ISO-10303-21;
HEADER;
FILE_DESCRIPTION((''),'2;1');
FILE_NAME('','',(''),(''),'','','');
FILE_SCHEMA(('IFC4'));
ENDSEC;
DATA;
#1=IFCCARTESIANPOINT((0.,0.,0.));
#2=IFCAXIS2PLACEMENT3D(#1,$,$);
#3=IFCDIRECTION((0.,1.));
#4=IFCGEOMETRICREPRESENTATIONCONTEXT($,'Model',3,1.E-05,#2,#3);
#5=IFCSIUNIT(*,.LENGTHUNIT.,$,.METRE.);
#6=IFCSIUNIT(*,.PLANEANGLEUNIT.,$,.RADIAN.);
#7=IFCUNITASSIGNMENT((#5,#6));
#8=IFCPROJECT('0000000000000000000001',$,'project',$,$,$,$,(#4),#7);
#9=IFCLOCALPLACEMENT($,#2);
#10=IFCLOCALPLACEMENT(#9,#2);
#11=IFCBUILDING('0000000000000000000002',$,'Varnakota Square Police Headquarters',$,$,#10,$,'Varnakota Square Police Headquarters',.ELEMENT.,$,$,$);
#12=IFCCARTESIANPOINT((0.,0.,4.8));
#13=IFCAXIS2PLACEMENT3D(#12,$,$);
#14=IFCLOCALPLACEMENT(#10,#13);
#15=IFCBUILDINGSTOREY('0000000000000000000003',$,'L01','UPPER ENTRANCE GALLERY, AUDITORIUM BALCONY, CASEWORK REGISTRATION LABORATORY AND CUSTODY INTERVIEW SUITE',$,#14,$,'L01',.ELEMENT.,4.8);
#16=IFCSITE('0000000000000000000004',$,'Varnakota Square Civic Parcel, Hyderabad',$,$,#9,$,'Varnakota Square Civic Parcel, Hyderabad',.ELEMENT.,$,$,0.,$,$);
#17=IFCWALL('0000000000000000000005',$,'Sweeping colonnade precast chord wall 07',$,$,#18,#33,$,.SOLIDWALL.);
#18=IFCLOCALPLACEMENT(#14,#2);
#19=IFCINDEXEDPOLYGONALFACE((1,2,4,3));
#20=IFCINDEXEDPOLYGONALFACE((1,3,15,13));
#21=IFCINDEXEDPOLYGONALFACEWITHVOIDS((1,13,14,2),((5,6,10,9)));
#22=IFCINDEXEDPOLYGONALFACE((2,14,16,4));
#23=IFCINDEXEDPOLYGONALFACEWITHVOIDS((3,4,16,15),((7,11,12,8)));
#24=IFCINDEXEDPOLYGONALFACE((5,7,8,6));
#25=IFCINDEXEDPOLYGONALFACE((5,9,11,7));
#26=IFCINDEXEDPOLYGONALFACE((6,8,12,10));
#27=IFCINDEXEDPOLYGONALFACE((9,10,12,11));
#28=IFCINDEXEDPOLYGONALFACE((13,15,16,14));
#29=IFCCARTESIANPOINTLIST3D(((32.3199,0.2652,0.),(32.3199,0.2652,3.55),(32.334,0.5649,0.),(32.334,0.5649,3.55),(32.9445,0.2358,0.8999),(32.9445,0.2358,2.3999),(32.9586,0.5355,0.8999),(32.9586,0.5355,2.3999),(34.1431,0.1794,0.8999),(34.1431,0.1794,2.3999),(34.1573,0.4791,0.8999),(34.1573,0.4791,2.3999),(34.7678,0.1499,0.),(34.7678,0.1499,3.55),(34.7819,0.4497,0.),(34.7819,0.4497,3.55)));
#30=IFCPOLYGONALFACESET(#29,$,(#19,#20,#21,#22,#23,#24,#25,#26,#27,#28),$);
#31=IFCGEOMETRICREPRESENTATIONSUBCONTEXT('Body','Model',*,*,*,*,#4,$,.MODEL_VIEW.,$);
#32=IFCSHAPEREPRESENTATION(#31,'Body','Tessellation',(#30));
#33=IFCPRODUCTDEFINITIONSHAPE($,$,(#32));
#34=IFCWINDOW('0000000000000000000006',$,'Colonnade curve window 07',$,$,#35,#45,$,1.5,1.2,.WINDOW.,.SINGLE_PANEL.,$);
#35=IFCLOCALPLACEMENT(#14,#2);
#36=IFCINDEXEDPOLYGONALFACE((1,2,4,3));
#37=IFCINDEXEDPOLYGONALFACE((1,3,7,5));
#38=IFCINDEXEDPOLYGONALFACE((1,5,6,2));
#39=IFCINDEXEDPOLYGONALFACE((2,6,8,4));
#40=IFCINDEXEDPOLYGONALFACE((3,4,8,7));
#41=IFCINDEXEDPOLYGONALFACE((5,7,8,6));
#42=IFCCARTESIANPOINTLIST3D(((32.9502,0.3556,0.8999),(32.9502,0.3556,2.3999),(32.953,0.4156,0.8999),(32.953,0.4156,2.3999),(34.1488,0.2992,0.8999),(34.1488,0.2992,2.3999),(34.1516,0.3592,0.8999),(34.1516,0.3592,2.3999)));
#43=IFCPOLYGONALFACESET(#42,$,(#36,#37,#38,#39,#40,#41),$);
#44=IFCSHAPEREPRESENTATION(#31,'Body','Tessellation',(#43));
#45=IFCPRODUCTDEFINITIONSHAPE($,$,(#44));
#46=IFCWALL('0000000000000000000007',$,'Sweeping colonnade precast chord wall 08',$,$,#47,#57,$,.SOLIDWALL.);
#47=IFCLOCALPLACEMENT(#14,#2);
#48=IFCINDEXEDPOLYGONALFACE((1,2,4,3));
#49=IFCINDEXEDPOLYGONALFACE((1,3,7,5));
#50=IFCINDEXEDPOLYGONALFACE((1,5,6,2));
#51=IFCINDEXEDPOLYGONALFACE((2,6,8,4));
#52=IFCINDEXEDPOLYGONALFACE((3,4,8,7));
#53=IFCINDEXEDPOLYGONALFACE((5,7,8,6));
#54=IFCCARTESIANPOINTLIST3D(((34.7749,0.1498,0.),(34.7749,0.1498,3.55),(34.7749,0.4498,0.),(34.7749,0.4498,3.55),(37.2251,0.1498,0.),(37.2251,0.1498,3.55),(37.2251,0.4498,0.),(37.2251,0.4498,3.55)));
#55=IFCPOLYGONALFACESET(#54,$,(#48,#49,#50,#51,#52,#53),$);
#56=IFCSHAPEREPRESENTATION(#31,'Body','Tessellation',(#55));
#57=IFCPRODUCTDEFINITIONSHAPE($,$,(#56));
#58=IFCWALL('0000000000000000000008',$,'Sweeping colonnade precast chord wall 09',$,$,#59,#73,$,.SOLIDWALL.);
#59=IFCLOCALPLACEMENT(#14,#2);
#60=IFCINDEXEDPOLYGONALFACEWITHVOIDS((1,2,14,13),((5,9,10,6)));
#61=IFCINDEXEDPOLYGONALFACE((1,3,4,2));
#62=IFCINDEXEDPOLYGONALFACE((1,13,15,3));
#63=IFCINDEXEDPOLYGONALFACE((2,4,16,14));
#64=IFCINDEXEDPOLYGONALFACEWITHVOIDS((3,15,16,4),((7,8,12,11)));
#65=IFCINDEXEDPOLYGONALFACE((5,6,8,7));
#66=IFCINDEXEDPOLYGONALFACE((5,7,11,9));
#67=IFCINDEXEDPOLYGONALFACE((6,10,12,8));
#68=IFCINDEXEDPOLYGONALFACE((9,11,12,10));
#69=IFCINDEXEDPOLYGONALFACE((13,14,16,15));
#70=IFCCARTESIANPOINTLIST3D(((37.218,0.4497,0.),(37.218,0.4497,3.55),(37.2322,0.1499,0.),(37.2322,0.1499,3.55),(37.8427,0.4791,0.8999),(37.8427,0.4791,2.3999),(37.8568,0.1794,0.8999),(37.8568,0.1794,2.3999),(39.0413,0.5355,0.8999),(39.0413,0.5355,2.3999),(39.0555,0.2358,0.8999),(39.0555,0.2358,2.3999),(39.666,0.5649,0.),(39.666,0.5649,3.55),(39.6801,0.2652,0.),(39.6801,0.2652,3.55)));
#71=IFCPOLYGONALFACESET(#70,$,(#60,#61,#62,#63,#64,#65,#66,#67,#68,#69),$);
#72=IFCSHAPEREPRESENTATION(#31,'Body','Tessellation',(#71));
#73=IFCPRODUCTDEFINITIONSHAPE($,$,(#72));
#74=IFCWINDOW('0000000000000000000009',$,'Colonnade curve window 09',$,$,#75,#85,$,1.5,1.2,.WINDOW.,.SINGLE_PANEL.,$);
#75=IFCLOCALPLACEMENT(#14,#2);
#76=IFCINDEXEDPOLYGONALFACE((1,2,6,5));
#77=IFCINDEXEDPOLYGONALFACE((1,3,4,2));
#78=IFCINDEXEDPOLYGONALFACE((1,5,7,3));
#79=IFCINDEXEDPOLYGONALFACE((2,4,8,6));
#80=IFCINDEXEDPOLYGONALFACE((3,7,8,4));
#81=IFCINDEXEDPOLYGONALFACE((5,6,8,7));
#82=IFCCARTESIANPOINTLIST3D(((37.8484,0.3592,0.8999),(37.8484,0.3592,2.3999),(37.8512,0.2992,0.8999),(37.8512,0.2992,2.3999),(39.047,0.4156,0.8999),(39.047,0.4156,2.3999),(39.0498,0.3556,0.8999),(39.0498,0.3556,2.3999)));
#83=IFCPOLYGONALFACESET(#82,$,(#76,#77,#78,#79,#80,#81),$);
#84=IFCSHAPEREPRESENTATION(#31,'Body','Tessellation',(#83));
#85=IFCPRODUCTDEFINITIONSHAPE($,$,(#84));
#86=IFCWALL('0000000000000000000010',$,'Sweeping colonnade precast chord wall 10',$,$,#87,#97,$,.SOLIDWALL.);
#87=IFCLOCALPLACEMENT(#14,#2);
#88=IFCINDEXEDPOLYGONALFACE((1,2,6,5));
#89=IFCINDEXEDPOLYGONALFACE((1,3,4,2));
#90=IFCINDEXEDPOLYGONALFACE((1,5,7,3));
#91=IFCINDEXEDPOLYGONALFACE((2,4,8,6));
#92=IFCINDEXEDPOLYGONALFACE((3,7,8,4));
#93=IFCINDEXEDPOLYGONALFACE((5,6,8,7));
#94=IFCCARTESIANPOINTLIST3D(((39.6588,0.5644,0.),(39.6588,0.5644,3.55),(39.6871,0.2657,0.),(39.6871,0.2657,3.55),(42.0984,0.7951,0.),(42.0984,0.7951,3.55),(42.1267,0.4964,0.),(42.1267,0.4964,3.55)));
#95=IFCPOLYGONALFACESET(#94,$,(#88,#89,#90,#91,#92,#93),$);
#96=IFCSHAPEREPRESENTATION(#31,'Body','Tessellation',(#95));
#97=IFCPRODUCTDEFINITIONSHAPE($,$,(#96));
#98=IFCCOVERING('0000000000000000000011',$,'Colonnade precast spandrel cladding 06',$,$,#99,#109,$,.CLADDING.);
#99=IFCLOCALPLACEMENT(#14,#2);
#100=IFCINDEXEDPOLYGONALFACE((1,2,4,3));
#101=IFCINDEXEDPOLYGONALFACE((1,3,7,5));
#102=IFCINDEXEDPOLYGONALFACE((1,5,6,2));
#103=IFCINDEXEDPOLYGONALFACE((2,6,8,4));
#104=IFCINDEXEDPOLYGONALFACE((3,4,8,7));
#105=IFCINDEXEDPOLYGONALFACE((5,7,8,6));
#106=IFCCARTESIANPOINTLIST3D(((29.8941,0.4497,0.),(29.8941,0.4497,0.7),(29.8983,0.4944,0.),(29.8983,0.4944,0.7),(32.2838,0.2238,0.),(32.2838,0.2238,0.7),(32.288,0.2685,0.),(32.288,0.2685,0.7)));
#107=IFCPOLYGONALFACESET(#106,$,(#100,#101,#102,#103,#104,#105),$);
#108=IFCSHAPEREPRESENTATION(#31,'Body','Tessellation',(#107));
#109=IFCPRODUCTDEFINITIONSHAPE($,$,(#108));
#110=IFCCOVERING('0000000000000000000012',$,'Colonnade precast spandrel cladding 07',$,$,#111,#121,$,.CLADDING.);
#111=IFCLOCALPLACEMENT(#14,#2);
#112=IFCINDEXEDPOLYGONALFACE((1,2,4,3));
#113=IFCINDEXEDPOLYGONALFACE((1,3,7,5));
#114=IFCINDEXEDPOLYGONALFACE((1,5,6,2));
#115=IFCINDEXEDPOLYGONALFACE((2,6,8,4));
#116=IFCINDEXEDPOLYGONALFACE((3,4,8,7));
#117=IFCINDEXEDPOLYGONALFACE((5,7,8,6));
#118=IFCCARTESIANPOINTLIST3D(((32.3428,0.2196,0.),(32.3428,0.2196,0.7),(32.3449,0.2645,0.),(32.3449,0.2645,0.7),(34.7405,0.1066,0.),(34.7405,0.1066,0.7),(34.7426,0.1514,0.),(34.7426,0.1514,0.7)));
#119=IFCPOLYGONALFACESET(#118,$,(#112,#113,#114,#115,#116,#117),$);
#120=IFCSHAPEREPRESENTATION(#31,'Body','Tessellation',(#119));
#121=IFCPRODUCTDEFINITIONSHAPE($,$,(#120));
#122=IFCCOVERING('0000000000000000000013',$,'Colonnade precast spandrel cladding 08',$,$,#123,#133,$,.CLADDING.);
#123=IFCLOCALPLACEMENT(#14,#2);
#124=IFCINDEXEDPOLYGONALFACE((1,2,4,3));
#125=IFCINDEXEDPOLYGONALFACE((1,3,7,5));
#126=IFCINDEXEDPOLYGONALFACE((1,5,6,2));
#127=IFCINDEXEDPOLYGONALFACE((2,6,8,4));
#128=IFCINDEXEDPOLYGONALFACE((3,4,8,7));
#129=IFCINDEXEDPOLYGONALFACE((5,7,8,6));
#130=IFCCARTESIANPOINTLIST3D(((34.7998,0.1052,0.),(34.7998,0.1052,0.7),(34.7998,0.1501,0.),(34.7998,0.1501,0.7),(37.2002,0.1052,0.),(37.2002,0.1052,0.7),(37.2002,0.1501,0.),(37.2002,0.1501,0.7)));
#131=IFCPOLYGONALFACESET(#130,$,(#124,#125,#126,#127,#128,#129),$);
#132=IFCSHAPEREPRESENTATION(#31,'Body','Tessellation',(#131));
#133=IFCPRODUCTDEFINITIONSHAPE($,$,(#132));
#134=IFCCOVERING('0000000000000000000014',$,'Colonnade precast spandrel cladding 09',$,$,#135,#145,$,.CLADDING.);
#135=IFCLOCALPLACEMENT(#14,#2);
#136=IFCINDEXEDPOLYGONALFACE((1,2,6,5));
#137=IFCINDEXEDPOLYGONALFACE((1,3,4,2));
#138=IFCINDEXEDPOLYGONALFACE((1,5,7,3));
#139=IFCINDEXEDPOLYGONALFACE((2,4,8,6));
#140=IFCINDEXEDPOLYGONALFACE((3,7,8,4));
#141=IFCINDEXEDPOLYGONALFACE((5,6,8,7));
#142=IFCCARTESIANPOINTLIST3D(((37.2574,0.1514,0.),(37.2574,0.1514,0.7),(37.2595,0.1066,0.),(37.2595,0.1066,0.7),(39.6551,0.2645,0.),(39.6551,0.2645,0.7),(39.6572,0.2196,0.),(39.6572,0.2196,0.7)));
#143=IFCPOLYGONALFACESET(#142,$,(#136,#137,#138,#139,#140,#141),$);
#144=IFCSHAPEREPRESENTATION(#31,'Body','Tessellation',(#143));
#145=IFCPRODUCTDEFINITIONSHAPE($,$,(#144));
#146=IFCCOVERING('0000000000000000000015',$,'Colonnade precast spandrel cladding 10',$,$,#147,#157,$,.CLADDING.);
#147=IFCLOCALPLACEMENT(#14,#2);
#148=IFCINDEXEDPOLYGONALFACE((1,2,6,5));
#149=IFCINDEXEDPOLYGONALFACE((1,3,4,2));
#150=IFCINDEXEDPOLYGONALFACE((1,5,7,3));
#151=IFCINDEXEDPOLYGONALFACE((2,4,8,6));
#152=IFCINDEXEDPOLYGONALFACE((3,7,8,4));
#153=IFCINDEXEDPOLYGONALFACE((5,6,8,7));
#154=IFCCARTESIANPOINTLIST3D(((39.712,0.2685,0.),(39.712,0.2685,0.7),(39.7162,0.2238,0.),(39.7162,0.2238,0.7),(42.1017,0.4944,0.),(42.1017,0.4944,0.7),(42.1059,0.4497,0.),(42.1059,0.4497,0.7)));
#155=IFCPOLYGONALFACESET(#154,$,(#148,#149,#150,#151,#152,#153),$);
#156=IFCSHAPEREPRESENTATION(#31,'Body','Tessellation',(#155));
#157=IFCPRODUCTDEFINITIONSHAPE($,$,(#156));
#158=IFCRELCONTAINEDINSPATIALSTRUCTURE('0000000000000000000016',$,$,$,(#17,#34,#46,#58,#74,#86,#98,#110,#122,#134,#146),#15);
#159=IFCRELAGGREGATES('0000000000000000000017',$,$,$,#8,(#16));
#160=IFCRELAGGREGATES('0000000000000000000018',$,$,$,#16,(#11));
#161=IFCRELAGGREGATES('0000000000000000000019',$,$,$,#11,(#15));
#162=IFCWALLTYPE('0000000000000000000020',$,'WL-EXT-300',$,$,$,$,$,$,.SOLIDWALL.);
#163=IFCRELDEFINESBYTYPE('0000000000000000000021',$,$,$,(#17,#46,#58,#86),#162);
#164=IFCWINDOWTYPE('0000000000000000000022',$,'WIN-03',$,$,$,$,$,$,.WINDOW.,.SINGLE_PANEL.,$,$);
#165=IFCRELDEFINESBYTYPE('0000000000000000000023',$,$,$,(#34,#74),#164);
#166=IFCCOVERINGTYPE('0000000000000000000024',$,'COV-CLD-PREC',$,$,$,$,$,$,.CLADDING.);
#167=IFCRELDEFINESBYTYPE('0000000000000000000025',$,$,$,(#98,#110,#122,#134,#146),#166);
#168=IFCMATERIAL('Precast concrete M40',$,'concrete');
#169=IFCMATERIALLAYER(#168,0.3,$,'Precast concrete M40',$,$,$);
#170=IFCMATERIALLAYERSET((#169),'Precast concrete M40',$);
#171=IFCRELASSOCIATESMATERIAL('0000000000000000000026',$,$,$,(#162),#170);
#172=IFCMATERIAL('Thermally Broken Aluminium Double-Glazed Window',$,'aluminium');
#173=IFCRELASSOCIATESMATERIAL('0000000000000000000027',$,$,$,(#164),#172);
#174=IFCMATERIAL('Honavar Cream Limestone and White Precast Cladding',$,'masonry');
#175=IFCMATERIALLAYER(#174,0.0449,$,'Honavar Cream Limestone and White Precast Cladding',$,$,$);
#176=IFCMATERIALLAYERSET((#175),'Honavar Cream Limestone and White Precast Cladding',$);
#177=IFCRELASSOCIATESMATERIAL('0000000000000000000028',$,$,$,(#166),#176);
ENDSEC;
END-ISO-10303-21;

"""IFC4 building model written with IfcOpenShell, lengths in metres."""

from ifc_helpers import new_model, si_unit, direction, frame, frame_2d, origin, origin_2d, place, context, subcontext, project, spatial, rectangle, extrude, material, layer, layer_set, type_object, element, fill, save


model = new_model("IFC4")

# Units and contexts
model_context = context("Model", 3, precision=1e-05, world=origin(), true_north=direction((0.0, 1.0)))
body_context = subcontext(model_context, "Body", "Model", "MODEL_VIEW")
ifc_project = project(units=[si_unit("LENGTHUNIT", "METRE"), si_unit("PLANEANGLEUNIT", "RADIAN")], contexts=[model_context])

# Site, building, storey
site_placement = place(None, origin())
site = spatial("IfcSite", under=ifc_project, at=site_placement, Name="Varnakota Square Civic Parcel, Hyderabad", LongName="Varnakota Square Civic Parcel, Hyderabad", CompositionType="ELEMENT", RefElevation=0.0)
building_placement = place(site_placement, origin())
building = spatial("IfcBuilding", under=site, at=building_placement, Name="Varnakota Square Police Headquarters", LongName="Varnakota Square Police Headquarters", CompositionType="ELEMENT")
storey_placement = place(building_placement, frame((0.0, 0.0, 4.8)))
storey = spatial("IfcBuildingStorey", under=building, at=storey_placement, Name="L01", Description="UPPER ENTRANCE GALLERY, AUDITORIUM BALCONY, CASEWORK REGISTRATION LABORATORY AND CUSTODY INTERVIEW SUITE", LongName="L01", CompositionType="ELEMENT", Elevation=4.8)

# Wall, opening, window
ifc_material_1 = material(Name="Precast concrete M40", Category="concrete")
ifc_layer_1 = layer(ifc_material_1, 0.3, Name="Precast concrete M40")
ifc_layer_set_1 = layer_set([ifc_layer_1], Name="Precast concrete M40")
wall_type = type_object("IfcWallType", Name="WL-EXT-300", PredefinedType="SOLIDWALL", material=ifc_layer_set_1)
wall_1_placement = place(storey_placement, frame((32.3269, 0.415, 0.0), z_axis=(0.0, 0.0, 1.0), x_axis=(0.998894, -0.047021, 0.0)))
wall_1 = element("IfcWall", 1, at=wall_1_placement, inside=storey, type_object=wall_type, Name="Sweeping colonnade precast chord wall 07", PredefinedType="SOLIDWALL", context=body_context, shape_type="SweptSolid", body=[
    extrude(rectangle(XDim=2.4507, YDim=0.3, at=frame_2d((1.2253, 0.0))), origin(), (0.0, 0.0, 1.0), 3.55),
])
opening_1_placement = place(wall_1_placement, frame((0.6252, 0.0, 0.8999)))
opening_1 = element("IfcOpeningElement", 2, at=opening_1_placement, cuts=wall_1, PredefinedType="OPENING", context=body_context, shape_type="SweptSolid", body=[
    extrude(rectangle(XDim=1.2, YDim=1.5, at=frame_2d((0.6001, 0.75))), frame((0.0, 0.1599, 0.0), z_axis=(0.0, -1.0, 0.0), x_axis=(1.0, 0.0, 0.0)), (0.0, 0.0, 1.0), 0.3201),
])
ifc_material_2 = material(Name="Thermally Broken Aluminium Double-Glazed Window", Category="aluminium")
window_type = type_object("IfcWindowType", Name="WIN-03", PartitioningType="SINGLE_PANEL", PredefinedType="WINDOW", material=ifc_material_2)
window_1_placement = place(opening_1_placement, origin())
window_1 = element("IfcWindow", 3, at=window_1_placement, inside=storey, type_object=window_type, Name="Colonnade curve window 07", OverallHeight=1.5, OverallWidth=1.2, PartitioningType="SINGLE_PANEL", PredefinedType="WINDOW", context=body_context, shape_type="SweptSolid", body=[
    extrude(rectangle(XDim=1.2, YDim=1.5, at=frame_2d((0.6001, 0.75))), frame((0.0, 0.03, 0.0), z_axis=(0.0, -1.0, 0.0), x_axis=(1.0, 0.0, 0.0)), (0.0, 0.0, 1.0), 0.0601),
])
fill(opening_1, window_1)

# Wall
wall_2_placement = place(storey_placement, frame((34.7749, 0.2998, 0.0), z_axis=(0.0, 0.0, 1.0), x_axis=(1.0, 0.0, 0.0)))
element("IfcWall", 4, at=wall_2_placement, inside=storey, type_object=wall_type, Name="Sweeping colonnade precast chord wall 08", PredefinedType="SOLIDWALL", context=body_context, shape_type="SweptSolid", body=[
    extrude(rectangle(XDim=2.4502, YDim=0.3, at=frame_2d((1.2251, 0.0))), origin(), (0.0, 0.0, 1.0), 3.55),
])

# Wall, opening, window
wall_3_placement = place(storey_placement, frame((37.2251, 0.2998, 0.0), z_axis=(0.0, 0.0, 1.0), x_axis=(0.998894, 0.047021, 0.0)))
wall_3 = element("IfcWall", 5, at=wall_3_placement, inside=storey, type_object=wall_type, Name="Sweeping colonnade precast chord wall 09", PredefinedType="SOLIDWALL", context=body_context, shape_type="SweptSolid", body=[
    extrude(rectangle(XDim=2.4507, YDim=0.3, at=frame_2d((1.2253, 0.0))), origin(), (0.0, 0.0, 1.0), 3.55),
])
opening_2_placement = place(wall_3_placement, frame((0.6252, 0.0, 0.8999)))
opening_2 = element("IfcOpeningElement", 6, at=opening_2_placement, cuts=wall_3, PredefinedType="OPENING", context=body_context, shape_type="SweptSolid", body=[
    extrude(rectangle(XDim=1.2, YDim=1.5, at=frame_2d((0.6001, 0.75))), frame((0.0, 0.1599, 0.0), z_axis=(0.0, -1.0, 0.0), x_axis=(1.0, 0.0, 0.0)), (0.0, 0.0, 1.0), 0.3201),
])
window_2_placement = place(opening_2_placement, origin())
window_2 = element("IfcWindow", 7, at=window_2_placement, inside=storey, type_object=window_type, Name="Colonnade curve window 09", OverallHeight=1.5, OverallWidth=1.2, PartitioningType="SINGLE_PANEL", PredefinedType="WINDOW", context=body_context, shape_type="SweptSolid", body=[
    extrude(rectangle(XDim=1.2, YDim=1.5, at=frame_2d((0.6001, 0.75))), frame((0.0, 0.03, 0.0), z_axis=(0.0, -1.0, 0.0), x_axis=(1.0, 0.0, 0.0)), (0.0, 0.0, 1.0), 0.0601),
])
fill(opening_2, window_2)

# Wall
wall_4_placement = place(storey_placement, frame((39.6731, 0.415, 0.0), z_axis=(0.0, 0.0, 1.0), x_axis=(0.995558, 0.094156, 0.0)))
element("IfcWall", 8, at=wall_4_placement, inside=storey, type_object=wall_type, Name="Sweeping colonnade precast chord wall 10", PredefinedType="SOLIDWALL", context=body_context, shape_type="SweptSolid", body=[
    extrude(rectangle(XDim=2.4504, YDim=0.3, at=frame_2d((1.2251, 0.0))), origin(), (0.0, 0.0, 1.0), 3.55),
])

# Coverings
ifc_material_3 = material(Name="Honavar Cream Limestone and White Precast Cladding", Category="masonry")
ifc_layer_2 = layer(ifc_material_3, 0.0449, Name="Honavar Cream Limestone and White Precast Cladding")
ifc_layer_set_2 = layer_set([ifc_layer_2], Name="Honavar Cream Limestone and White Precast Cladding")
covering_type = type_object("IfcCoveringType", Name="COV-CLD-PREC", PredefinedType="CLADDING", material=ifc_layer_set_2)
for number, where, z_axis, x_axis, name in (
    (9, (31.0911, 0.3591, 0.0), (0.0, 0.0, 1.0), (0.995562, -0.094108, 0.0), "Colonnade precast spandrel cladding 06"),
    (10, (33.5427, 0.1855, 0.0), (0.0, 0.0, 1.0), (0.99889, -0.047106, 0.0), "Colonnade precast spandrel cladding 07"),
    (11, (36.0, 0.1277, 0.0), (0.0, 0.0, 1.0), (1.0, 0.0, 0.0), "Colonnade precast spandrel cladding 08"),
    (12, (38.4573, 0.1855, 0.0), (0.0, 0.0, 1.0), (0.99889, 0.047106, 0.0), "Colonnade precast spandrel cladding 09"),
    (13, (40.9089, 0.3591, 0.0), (0.0, 0.0, 1.0), (0.995562, 0.094108, 0.0), "Colonnade precast spandrel cladding 10"),
):
    element("IfcCovering", number, at=place(storey_placement, frame(where, z_axis=z_axis, x_axis=x_axis)), inside=storey, type_object=covering_type, Name=name, PredefinedType="CLADDING", context=body_context, shape_type="SweptSolid", body=[
        extrude(rectangle(XDim=2.4004, YDim=0.0449, at=origin_2d()), origin(), (0.0, 0.0, 1.0), 0.7),
    ])

save(model, "model.ifc")
